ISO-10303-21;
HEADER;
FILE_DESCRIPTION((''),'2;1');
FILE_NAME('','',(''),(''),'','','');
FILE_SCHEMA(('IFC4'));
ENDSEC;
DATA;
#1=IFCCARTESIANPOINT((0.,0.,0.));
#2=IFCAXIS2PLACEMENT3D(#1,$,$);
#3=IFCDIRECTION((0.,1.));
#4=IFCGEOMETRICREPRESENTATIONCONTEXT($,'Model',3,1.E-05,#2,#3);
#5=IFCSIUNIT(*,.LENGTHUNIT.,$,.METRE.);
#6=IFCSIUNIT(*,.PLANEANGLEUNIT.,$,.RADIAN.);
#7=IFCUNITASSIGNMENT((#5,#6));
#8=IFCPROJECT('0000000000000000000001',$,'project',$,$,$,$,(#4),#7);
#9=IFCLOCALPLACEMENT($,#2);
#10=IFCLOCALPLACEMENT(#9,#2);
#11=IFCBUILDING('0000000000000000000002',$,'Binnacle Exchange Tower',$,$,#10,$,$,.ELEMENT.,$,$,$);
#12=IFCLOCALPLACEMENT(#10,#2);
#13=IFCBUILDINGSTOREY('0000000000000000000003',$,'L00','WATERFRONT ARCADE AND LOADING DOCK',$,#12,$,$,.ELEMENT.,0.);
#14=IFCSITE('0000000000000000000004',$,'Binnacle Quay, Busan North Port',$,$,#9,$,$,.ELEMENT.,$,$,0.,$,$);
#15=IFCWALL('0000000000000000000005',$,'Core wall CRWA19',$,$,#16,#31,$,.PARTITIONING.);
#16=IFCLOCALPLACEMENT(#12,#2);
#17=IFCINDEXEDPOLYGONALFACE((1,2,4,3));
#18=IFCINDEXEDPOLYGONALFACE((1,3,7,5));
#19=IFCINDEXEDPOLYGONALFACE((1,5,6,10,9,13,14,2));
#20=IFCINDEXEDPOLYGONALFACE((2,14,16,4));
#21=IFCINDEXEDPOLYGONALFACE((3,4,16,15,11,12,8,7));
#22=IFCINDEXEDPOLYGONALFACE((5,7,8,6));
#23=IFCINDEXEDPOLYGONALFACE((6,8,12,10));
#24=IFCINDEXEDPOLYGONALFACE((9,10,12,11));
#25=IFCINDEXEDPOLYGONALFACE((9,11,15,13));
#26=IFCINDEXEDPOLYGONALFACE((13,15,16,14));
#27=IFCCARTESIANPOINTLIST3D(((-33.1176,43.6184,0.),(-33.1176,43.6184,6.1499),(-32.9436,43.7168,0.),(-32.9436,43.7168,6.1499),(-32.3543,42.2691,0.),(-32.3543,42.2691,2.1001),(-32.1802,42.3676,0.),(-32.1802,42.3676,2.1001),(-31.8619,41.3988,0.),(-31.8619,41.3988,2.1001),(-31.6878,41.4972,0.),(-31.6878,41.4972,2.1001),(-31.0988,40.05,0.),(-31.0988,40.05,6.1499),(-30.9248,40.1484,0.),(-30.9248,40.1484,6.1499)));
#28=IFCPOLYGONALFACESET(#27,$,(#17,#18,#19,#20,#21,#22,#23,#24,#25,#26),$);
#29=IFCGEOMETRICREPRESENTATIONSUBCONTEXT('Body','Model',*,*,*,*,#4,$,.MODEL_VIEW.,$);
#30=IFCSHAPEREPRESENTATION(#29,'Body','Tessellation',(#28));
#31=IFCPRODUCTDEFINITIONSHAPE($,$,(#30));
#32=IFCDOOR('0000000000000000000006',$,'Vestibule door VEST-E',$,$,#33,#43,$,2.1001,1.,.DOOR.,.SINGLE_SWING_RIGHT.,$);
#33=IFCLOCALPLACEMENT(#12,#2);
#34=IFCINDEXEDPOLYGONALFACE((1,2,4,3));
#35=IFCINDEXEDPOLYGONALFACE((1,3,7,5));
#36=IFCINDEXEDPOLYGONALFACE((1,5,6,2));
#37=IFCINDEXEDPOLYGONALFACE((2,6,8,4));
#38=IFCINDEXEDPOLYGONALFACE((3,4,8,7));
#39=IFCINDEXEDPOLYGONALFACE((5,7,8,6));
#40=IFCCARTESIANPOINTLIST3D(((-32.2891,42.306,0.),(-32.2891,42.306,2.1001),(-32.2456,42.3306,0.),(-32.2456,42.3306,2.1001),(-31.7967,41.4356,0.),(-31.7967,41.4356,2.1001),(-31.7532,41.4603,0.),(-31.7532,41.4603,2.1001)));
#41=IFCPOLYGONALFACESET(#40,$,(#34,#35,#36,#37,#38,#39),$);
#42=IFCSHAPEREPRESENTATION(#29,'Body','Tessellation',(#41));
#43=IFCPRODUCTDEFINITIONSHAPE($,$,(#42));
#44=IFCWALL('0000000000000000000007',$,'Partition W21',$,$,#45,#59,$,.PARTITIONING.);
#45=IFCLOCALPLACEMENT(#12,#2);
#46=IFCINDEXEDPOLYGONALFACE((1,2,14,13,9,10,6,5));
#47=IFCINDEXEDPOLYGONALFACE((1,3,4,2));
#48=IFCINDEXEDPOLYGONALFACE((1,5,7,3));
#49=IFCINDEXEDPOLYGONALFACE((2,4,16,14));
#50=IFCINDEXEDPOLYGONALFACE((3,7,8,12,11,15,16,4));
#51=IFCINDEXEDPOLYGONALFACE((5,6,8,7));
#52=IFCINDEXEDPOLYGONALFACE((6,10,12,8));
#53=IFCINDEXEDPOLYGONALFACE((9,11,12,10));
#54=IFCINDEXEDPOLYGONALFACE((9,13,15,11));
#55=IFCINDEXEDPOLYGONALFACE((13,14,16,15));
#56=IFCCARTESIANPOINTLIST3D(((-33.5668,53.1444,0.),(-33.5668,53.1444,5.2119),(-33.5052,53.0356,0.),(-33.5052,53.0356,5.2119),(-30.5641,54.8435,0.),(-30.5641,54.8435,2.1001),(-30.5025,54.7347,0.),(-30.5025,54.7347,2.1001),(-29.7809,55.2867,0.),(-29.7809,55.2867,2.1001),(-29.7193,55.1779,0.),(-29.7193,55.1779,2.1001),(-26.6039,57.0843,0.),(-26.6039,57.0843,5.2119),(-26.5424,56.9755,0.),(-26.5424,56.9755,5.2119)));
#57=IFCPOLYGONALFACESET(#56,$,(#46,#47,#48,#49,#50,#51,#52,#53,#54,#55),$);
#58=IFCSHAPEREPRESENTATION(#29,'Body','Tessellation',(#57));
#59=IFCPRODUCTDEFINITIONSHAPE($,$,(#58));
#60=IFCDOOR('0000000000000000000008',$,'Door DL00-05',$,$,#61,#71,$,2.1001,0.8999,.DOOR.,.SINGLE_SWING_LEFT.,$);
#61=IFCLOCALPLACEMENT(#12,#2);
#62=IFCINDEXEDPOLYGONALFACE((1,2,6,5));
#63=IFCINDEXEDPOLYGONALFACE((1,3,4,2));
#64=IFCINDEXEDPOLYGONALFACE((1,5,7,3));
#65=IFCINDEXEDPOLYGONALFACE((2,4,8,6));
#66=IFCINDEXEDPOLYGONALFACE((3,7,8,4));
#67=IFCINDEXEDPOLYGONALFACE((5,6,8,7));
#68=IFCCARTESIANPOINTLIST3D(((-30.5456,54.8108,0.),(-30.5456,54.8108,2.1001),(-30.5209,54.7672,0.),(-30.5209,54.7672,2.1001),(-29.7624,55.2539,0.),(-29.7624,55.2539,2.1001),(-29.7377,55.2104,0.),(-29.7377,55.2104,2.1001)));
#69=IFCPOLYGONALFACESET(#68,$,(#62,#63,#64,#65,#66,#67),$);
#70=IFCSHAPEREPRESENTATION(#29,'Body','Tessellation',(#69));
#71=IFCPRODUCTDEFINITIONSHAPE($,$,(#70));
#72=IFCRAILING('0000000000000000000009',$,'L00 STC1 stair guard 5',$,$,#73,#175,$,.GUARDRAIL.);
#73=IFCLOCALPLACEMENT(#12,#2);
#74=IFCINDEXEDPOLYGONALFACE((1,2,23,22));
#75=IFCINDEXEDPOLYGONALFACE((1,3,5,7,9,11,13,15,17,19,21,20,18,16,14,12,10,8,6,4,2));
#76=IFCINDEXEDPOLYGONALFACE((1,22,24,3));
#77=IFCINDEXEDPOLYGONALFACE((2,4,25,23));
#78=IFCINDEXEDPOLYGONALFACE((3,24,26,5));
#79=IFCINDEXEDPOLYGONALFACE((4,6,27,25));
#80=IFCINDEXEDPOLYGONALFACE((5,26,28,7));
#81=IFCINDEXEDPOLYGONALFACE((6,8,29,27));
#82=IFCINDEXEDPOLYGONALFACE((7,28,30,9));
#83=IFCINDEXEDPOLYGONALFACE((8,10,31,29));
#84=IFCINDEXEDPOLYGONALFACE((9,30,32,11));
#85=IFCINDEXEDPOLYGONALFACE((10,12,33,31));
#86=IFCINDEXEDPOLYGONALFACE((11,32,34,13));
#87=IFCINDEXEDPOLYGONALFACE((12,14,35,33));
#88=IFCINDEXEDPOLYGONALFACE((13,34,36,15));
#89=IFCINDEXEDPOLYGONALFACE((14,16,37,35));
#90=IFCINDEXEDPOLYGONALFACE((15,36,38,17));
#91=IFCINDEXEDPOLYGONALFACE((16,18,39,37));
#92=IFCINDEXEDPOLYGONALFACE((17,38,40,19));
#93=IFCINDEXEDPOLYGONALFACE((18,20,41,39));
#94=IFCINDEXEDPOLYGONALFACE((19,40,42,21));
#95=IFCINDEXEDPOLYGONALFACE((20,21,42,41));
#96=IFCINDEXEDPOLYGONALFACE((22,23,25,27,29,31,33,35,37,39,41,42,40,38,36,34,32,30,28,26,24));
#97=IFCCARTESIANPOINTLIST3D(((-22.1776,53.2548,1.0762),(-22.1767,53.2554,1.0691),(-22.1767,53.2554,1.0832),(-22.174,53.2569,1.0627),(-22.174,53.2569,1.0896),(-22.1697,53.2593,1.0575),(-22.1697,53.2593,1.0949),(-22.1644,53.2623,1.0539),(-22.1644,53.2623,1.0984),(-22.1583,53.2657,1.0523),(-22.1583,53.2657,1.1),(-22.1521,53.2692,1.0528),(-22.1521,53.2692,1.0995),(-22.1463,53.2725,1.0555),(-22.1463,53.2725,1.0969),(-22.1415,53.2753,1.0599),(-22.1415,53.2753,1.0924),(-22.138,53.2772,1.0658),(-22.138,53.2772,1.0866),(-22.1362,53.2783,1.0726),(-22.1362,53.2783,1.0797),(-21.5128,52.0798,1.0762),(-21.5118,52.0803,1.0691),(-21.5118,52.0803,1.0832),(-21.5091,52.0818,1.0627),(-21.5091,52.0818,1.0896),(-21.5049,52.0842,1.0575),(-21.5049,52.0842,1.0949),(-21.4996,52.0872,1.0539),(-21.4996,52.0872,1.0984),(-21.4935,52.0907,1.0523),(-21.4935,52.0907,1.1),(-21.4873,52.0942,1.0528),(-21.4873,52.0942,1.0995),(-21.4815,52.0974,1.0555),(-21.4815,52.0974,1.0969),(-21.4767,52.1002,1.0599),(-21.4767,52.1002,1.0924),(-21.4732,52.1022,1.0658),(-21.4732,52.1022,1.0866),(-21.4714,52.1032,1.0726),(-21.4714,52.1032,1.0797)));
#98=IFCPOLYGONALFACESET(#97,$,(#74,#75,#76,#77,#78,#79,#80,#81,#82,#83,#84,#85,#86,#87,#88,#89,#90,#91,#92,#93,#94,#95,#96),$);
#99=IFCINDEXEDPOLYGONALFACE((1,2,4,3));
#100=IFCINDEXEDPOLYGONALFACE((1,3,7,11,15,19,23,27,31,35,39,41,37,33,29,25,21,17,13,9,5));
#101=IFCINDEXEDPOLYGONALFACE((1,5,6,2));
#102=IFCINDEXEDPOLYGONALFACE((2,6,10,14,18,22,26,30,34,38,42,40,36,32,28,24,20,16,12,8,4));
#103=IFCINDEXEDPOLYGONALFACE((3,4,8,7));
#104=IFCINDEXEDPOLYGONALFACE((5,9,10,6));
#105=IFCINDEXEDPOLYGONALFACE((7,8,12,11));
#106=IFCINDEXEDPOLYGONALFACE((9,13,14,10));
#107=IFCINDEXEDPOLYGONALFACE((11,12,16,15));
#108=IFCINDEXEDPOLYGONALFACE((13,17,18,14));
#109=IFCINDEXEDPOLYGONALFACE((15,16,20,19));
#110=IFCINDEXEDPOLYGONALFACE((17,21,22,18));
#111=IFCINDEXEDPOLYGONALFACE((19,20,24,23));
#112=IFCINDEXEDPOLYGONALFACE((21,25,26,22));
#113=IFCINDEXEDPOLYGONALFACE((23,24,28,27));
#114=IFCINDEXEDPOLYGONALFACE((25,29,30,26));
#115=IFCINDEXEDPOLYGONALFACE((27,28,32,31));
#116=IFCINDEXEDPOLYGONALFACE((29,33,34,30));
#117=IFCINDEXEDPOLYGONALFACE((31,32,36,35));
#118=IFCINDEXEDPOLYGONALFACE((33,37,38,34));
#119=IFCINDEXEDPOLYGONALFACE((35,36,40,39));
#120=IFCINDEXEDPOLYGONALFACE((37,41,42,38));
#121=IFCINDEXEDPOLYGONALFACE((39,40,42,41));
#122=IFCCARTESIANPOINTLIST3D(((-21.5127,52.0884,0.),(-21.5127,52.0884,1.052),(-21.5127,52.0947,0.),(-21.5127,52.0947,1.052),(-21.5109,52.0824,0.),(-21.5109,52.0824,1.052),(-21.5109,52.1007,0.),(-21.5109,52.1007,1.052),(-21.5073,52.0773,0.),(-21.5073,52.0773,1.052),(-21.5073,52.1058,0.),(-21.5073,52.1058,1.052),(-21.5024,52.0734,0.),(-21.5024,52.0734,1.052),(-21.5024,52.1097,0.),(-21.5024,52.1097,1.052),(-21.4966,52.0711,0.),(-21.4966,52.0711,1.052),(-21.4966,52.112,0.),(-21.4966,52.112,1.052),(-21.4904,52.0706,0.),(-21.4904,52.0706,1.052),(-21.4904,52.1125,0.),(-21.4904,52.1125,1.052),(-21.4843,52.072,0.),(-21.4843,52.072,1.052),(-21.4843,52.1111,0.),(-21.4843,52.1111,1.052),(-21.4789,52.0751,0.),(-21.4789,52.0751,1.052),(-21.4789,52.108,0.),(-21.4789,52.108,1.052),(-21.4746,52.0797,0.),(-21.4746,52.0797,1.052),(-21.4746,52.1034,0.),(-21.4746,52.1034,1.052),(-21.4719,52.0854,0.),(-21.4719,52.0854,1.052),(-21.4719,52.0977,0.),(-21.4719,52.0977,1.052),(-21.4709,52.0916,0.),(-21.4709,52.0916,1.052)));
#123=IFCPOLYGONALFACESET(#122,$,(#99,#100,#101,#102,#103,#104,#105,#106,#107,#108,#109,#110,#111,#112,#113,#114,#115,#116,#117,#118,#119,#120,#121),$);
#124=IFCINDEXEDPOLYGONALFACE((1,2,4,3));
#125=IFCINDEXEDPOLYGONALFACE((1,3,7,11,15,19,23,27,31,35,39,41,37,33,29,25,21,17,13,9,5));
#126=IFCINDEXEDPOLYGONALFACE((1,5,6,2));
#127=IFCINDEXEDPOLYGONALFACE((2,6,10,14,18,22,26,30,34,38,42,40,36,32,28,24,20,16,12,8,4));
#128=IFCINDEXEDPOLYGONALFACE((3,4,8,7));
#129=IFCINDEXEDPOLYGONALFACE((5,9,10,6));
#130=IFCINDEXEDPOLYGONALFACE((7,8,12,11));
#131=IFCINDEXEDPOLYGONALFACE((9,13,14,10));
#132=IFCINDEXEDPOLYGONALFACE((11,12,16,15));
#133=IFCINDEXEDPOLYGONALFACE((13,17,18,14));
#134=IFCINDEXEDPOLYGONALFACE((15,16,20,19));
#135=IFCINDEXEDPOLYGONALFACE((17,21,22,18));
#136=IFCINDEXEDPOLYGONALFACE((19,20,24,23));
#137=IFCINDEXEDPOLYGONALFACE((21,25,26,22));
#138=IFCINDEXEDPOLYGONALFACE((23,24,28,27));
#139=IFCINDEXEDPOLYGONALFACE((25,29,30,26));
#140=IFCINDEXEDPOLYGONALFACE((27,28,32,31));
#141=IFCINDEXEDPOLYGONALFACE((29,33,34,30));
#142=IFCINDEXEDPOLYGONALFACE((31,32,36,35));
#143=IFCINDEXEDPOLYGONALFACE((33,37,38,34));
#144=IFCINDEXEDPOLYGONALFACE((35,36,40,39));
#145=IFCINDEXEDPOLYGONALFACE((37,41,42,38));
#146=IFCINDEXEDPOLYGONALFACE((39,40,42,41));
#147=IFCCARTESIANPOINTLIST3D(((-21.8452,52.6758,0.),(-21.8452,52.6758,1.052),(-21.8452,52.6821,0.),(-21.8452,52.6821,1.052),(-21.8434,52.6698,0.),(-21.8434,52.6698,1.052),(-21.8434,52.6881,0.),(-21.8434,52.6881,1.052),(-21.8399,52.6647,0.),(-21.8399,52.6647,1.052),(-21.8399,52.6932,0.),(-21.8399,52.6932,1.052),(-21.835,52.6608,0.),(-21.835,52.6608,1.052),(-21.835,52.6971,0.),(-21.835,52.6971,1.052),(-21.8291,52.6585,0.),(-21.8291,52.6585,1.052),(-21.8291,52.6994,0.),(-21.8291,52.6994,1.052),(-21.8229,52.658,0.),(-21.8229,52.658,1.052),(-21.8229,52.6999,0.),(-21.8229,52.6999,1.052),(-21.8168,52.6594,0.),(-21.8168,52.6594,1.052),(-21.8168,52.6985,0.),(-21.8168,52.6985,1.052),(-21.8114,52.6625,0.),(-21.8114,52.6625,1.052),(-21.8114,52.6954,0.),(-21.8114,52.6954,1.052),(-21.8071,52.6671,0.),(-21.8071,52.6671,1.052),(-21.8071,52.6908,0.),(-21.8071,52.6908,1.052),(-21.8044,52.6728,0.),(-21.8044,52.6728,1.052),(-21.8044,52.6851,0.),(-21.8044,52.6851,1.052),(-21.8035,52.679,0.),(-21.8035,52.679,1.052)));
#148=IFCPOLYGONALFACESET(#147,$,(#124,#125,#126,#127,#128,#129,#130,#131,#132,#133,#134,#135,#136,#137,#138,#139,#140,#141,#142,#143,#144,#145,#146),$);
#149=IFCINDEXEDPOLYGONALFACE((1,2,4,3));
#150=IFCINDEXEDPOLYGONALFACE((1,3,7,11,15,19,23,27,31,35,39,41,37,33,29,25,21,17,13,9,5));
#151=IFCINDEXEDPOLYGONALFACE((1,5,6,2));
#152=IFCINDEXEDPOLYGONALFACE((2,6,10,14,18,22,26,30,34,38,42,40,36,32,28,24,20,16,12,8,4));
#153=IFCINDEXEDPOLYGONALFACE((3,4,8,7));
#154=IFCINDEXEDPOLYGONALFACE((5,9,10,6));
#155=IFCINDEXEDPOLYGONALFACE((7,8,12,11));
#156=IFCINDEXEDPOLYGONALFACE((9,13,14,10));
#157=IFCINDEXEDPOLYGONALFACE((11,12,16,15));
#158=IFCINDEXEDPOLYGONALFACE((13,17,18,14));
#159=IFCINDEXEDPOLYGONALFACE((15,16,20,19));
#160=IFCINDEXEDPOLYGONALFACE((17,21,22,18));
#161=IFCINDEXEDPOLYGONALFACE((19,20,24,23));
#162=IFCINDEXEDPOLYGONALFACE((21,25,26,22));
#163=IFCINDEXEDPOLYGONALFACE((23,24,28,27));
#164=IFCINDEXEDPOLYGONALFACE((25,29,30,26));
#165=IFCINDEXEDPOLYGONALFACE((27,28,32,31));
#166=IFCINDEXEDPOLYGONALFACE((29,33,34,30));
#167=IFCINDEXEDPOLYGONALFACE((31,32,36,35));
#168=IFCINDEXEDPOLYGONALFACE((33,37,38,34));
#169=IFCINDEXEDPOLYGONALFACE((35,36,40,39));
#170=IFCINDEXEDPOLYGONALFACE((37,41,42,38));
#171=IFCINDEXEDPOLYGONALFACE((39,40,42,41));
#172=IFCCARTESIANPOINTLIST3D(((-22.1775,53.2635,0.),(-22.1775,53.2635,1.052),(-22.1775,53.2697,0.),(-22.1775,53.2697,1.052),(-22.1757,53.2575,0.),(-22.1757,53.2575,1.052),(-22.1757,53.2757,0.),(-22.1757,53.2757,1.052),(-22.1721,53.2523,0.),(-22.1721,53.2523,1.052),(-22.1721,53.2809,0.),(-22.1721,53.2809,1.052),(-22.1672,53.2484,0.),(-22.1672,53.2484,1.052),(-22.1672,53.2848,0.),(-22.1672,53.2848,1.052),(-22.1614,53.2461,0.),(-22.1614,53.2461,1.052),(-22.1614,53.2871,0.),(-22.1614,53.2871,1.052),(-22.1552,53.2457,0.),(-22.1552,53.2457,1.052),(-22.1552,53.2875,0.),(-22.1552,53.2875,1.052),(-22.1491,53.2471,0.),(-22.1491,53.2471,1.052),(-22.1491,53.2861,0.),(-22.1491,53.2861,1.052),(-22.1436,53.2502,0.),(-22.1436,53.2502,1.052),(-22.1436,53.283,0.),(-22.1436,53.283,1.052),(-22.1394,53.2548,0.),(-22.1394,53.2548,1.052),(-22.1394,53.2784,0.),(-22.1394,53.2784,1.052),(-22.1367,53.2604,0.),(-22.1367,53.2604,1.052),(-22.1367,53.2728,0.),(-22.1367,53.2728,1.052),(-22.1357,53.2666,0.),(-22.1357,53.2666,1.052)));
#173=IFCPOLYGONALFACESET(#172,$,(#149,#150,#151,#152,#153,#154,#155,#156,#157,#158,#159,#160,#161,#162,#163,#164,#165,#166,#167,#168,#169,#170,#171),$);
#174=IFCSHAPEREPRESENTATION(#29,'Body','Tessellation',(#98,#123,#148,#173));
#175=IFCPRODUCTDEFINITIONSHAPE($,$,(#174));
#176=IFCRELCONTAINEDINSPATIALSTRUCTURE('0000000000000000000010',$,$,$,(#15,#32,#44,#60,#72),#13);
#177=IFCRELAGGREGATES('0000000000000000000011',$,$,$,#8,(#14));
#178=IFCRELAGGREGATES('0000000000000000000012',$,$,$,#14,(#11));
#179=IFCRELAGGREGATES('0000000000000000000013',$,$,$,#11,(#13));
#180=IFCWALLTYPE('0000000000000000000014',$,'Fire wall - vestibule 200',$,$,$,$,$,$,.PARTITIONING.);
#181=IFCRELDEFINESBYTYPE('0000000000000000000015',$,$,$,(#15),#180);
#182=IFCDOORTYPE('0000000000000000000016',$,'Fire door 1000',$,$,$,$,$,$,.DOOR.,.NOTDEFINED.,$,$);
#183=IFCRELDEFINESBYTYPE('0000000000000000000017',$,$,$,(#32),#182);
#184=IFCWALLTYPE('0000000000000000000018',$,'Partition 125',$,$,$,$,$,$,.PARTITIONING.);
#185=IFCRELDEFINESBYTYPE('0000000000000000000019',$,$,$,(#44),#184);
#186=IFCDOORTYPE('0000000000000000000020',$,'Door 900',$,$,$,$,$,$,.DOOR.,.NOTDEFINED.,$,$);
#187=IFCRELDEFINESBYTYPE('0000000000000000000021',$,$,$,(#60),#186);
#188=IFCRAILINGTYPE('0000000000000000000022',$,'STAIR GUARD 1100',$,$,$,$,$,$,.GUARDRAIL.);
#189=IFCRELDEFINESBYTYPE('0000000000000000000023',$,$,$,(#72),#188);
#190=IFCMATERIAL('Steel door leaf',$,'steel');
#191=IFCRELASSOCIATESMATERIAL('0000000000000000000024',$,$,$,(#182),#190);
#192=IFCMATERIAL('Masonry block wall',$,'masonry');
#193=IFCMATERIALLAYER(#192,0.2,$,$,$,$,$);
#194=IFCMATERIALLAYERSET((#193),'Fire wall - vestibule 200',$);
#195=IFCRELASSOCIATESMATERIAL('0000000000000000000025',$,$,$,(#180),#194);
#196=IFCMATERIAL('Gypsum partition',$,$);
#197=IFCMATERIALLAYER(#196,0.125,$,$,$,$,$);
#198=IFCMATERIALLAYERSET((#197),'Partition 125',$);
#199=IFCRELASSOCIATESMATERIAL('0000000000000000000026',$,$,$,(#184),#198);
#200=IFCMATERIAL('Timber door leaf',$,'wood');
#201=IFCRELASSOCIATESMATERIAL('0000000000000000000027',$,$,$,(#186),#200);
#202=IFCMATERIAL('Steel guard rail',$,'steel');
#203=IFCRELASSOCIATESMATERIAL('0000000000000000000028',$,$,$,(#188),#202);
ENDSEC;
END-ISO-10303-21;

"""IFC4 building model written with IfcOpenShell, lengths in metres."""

from ifc_helpers import new_model, si_unit, direction, frame, frame_2d, origin, origin_2d, place, context, subcontext, project, spatial, rectangle, circle, extrude, material, layer, layer_set, type_object, element, fill, save


model = new_model("IFC4")

# Units and contexts
model_context = context("Model", 3, precision=1e-05, world=origin(), true_north=direction((0.0, 1.0)))
body_context = subcontext(model_context, "Body", "Model", "MODEL_VIEW")
ifc_project = project(units=[si_unit("LENGTHUNIT", "METRE"), si_unit("PLANEANGLEUNIT", "RADIAN")], contexts=[model_context])

# Site, building, storey
site_placement = place(None, origin())
site = spatial("IfcSite", under=ifc_project, at=site_placement, Name="Binnacle Quay, Busan North Port", CompositionType="ELEMENT", RefElevation=0.0)
building_placement = place(site_placement, origin())
building = spatial("IfcBuilding", under=site, at=building_placement, Name="Binnacle Exchange Tower", CompositionType="ELEMENT")
storey_placement = place(building_placement, origin())
storey = spatial("IfcBuildingStorey", under=building, at=storey_placement, Name="L00", Description="WATERFRONT ARCADE AND LOADING DOCK", CompositionType="ELEMENT", Elevation=0.0)

# Walls, openings, doors
ifc_material_1 = material(Name="Steel door leaf", Category="steel")
door_type_1 = type_object("IfcDoorType", Name="Fire door 1000", OperationType="NOTDEFINED", PredefinedType="DOOR", material=ifc_material_1)
ifc_material_2 = material(Name="Masonry block wall", Category="masonry")
ifc_layer_1 = layer(ifc_material_2, 0.2)
ifc_layer_set_1 = layer_set([ifc_layer_1], Name="Fire wall - vestibule 200")
wall_type_1 = type_object("IfcWallType", Name="Fire wall - vestibule 200", PredefinedType="PARTITIONING", material=ifc_layer_set_1)
wall_1_placement = place(storey_placement, frame((-33.0305, 43.6675, 0.0), z_axis=(0.0, 0.0, 1.0), x_axis=(0.492408, -0.870364, 0.0)))
wall_1 = element("IfcWall", 1, at=wall_1_placement, inside=storey, type_object=wall_type_1, Name="Core wall CRWA19", PredefinedType="PARTITIONING", context=body_context, shape_type="SweptSolid", body=[
    extrude(rectangle(XDim=4.0999, YDim=0.2, at=frame_2d((2.0498, 0.0))), origin(), (0.0, 0.0, 1.0), 6.1499),
])
opening_1_placement = place(wall_1_placement, frame((1.55, 0.0, 0.0)))
opening_1 = element("IfcOpeningElement", 2, at=opening_1_placement, cuts=wall_1, PredefinedType="OPENING", context=body_context, shape_type="SweptSolid", body=[
    extrude(rectangle(XDim=1.0, YDim=2.1001, at=frame_2d((0.5, 1.05))), frame((0.0, 0.1099, 0.0), z_axis=(0.0, -1.0, 0.0), x_axis=(1.0, 0.0, 0.0)), (0.0, 0.0, 1.0), 0.22),
])
door_1_placement = place(opening_1_placement, origin())
door_1 = element("IfcDoor", 3, at=door_1_placement, inside=storey, type_object=door_type_1, Name="Vestibule door VEST-E", OperationType="SINGLE_SWING_RIGHT", OverallHeight=2.1001, OverallWidth=1.0, PredefinedType="DOOR", context=body_context, shape_type="SweptSolid", body=[
    extrude(rectangle(XDim=1.0, YDim=2.1001, at=frame_2d((0.5, 1.05))), frame((0.0, 0.0249, 0.0), z_axis=(0.0, -1.0, 0.0), x_axis=(1.0, 0.0, 0.0)), (0.0, 0.0, 1.0), 0.05),
])
fill(opening_1, door_1)
ifc_material_3 = material(Name="Gypsum partition")
ifc_layer_2 = layer(ifc_material_3, 0.125)
ifc_layer_set_2 = layer_set([ifc_layer_2], Name="Partition 125")
wall_type_2 = type_object("IfcWallType", Name="Partition 125", PredefinedType="PARTITIONING", material=ifc_layer_set_2)
wall_2_placement = place(storey_placement, frame((-33.5359, 53.0901, 0.0), z_axis=(0.0, 0.0, 1.0), x_axis=(0.870327, 0.492473, 0.0)))
wall_2 = element("IfcWall", 4, at=wall_2_placement, inside=storey, type_object=wall_type_2, Name="Partition W21", PredefinedType="PARTITIONING", context=body_context, shape_type="SweptSolid", body=[
    extrude(rectangle(XDim=8.0002, YDim=0.125, at=frame_2d((4.0, 0.0))), origin(), (0.0, 0.0, 1.0), 5.2119),
])
opening_2_placement = place(wall_2_placement, frame((3.45, 0.0, 0.0)))
opening_2 = element("IfcOpeningElement", 5, at=opening_2_placement, cuts=wall_2, PredefinedType="OPENING", context=body_context, shape_type="SweptSolid", body=[
    extrude(rectangle(XDim=0.8999, YDim=2.1001, at=frame_2d((0.45, 1.05))), frame((0.0, 0.0725, 0.0), z_axis=(0.0, -1.0, 0.0), x_axis=(1.0, 0.0, 0.0)), (0.0, 0.0, 1.0), 0.145),
])
ifc_material_4 = material(Name="Timber door leaf", Category="wood")
door_type_2 = type_object("IfcDoorType", Name="Door 900", OperationType="NOTDEFINED", PredefinedType="DOOR", material=ifc_material_4)
door_2_placement = place(opening_2_placement, origin())
door_2 = element("IfcDoor", 6, at=door_2_placement, inside=storey, type_object=door_type_2, Name="Door DL00-05", OperationType="SINGLE_SWING_LEFT", OverallHeight=2.1001, OverallWidth=0.8999, PredefinedType="DOOR", context=body_context, shape_type="SweptSolid", body=[
    extrude(rectangle(XDim=0.8999, YDim=2.1001, at=frame_2d((0.45, 1.05))), frame((0.0, 0.0249, 0.0), z_axis=(0.0, -1.0, 0.0), x_axis=(1.0, 0.0, 0.0)), (0.0, 0.0, 1.0), 0.05),
])
fill(opening_2, door_2)

# Railing
ifc_material_5 = material(Name="Steel guard rail", Category="steel")
railing_type_1 = type_object("IfcRailingType", Name="STAIR GUARD 1100", PredefinedType="GUARDRAIL", material=ifc_material_5)
railing_1_placement = place(storey_placement, frame((-21.4919, 52.0916, 0.0)))
element("IfcRailing", 7, at=railing_1_placement, inside=storey, type_object=railing_type_1, Name="L00 STC1 stair guard 5", PredefinedType="GUARDRAIL", context=body_context, shape_type="SweptSolid", body=[
    extrude(circle(Radius=0.0239, at=origin_2d()), frame((0.0, 0.0, 1.0762), z_axis=(-0.492415, 0.870361, 0.0), x_axis=(-0.870361, -0.492415, 0.0)), (0.0, 0.0, 1.0), 1.3501),
    extrude(circle(Radius=0.021, at=origin_2d()), origin(), (0.0, 0.0, 1.0), 1.052),
    extrude(circle(Radius=0.021, at=origin_2d()), frame((-0.3325, 0.5874, 0.0)), (0.0, 0.0, 1.0), 1.052),
    extrude(circle(Radius=0.021, at=origin_2d()), frame((-0.6648, 1.175, 0.0)), (0.0, 0.0, 1.0), 1.052),
])

save(model, "model.ifc")
